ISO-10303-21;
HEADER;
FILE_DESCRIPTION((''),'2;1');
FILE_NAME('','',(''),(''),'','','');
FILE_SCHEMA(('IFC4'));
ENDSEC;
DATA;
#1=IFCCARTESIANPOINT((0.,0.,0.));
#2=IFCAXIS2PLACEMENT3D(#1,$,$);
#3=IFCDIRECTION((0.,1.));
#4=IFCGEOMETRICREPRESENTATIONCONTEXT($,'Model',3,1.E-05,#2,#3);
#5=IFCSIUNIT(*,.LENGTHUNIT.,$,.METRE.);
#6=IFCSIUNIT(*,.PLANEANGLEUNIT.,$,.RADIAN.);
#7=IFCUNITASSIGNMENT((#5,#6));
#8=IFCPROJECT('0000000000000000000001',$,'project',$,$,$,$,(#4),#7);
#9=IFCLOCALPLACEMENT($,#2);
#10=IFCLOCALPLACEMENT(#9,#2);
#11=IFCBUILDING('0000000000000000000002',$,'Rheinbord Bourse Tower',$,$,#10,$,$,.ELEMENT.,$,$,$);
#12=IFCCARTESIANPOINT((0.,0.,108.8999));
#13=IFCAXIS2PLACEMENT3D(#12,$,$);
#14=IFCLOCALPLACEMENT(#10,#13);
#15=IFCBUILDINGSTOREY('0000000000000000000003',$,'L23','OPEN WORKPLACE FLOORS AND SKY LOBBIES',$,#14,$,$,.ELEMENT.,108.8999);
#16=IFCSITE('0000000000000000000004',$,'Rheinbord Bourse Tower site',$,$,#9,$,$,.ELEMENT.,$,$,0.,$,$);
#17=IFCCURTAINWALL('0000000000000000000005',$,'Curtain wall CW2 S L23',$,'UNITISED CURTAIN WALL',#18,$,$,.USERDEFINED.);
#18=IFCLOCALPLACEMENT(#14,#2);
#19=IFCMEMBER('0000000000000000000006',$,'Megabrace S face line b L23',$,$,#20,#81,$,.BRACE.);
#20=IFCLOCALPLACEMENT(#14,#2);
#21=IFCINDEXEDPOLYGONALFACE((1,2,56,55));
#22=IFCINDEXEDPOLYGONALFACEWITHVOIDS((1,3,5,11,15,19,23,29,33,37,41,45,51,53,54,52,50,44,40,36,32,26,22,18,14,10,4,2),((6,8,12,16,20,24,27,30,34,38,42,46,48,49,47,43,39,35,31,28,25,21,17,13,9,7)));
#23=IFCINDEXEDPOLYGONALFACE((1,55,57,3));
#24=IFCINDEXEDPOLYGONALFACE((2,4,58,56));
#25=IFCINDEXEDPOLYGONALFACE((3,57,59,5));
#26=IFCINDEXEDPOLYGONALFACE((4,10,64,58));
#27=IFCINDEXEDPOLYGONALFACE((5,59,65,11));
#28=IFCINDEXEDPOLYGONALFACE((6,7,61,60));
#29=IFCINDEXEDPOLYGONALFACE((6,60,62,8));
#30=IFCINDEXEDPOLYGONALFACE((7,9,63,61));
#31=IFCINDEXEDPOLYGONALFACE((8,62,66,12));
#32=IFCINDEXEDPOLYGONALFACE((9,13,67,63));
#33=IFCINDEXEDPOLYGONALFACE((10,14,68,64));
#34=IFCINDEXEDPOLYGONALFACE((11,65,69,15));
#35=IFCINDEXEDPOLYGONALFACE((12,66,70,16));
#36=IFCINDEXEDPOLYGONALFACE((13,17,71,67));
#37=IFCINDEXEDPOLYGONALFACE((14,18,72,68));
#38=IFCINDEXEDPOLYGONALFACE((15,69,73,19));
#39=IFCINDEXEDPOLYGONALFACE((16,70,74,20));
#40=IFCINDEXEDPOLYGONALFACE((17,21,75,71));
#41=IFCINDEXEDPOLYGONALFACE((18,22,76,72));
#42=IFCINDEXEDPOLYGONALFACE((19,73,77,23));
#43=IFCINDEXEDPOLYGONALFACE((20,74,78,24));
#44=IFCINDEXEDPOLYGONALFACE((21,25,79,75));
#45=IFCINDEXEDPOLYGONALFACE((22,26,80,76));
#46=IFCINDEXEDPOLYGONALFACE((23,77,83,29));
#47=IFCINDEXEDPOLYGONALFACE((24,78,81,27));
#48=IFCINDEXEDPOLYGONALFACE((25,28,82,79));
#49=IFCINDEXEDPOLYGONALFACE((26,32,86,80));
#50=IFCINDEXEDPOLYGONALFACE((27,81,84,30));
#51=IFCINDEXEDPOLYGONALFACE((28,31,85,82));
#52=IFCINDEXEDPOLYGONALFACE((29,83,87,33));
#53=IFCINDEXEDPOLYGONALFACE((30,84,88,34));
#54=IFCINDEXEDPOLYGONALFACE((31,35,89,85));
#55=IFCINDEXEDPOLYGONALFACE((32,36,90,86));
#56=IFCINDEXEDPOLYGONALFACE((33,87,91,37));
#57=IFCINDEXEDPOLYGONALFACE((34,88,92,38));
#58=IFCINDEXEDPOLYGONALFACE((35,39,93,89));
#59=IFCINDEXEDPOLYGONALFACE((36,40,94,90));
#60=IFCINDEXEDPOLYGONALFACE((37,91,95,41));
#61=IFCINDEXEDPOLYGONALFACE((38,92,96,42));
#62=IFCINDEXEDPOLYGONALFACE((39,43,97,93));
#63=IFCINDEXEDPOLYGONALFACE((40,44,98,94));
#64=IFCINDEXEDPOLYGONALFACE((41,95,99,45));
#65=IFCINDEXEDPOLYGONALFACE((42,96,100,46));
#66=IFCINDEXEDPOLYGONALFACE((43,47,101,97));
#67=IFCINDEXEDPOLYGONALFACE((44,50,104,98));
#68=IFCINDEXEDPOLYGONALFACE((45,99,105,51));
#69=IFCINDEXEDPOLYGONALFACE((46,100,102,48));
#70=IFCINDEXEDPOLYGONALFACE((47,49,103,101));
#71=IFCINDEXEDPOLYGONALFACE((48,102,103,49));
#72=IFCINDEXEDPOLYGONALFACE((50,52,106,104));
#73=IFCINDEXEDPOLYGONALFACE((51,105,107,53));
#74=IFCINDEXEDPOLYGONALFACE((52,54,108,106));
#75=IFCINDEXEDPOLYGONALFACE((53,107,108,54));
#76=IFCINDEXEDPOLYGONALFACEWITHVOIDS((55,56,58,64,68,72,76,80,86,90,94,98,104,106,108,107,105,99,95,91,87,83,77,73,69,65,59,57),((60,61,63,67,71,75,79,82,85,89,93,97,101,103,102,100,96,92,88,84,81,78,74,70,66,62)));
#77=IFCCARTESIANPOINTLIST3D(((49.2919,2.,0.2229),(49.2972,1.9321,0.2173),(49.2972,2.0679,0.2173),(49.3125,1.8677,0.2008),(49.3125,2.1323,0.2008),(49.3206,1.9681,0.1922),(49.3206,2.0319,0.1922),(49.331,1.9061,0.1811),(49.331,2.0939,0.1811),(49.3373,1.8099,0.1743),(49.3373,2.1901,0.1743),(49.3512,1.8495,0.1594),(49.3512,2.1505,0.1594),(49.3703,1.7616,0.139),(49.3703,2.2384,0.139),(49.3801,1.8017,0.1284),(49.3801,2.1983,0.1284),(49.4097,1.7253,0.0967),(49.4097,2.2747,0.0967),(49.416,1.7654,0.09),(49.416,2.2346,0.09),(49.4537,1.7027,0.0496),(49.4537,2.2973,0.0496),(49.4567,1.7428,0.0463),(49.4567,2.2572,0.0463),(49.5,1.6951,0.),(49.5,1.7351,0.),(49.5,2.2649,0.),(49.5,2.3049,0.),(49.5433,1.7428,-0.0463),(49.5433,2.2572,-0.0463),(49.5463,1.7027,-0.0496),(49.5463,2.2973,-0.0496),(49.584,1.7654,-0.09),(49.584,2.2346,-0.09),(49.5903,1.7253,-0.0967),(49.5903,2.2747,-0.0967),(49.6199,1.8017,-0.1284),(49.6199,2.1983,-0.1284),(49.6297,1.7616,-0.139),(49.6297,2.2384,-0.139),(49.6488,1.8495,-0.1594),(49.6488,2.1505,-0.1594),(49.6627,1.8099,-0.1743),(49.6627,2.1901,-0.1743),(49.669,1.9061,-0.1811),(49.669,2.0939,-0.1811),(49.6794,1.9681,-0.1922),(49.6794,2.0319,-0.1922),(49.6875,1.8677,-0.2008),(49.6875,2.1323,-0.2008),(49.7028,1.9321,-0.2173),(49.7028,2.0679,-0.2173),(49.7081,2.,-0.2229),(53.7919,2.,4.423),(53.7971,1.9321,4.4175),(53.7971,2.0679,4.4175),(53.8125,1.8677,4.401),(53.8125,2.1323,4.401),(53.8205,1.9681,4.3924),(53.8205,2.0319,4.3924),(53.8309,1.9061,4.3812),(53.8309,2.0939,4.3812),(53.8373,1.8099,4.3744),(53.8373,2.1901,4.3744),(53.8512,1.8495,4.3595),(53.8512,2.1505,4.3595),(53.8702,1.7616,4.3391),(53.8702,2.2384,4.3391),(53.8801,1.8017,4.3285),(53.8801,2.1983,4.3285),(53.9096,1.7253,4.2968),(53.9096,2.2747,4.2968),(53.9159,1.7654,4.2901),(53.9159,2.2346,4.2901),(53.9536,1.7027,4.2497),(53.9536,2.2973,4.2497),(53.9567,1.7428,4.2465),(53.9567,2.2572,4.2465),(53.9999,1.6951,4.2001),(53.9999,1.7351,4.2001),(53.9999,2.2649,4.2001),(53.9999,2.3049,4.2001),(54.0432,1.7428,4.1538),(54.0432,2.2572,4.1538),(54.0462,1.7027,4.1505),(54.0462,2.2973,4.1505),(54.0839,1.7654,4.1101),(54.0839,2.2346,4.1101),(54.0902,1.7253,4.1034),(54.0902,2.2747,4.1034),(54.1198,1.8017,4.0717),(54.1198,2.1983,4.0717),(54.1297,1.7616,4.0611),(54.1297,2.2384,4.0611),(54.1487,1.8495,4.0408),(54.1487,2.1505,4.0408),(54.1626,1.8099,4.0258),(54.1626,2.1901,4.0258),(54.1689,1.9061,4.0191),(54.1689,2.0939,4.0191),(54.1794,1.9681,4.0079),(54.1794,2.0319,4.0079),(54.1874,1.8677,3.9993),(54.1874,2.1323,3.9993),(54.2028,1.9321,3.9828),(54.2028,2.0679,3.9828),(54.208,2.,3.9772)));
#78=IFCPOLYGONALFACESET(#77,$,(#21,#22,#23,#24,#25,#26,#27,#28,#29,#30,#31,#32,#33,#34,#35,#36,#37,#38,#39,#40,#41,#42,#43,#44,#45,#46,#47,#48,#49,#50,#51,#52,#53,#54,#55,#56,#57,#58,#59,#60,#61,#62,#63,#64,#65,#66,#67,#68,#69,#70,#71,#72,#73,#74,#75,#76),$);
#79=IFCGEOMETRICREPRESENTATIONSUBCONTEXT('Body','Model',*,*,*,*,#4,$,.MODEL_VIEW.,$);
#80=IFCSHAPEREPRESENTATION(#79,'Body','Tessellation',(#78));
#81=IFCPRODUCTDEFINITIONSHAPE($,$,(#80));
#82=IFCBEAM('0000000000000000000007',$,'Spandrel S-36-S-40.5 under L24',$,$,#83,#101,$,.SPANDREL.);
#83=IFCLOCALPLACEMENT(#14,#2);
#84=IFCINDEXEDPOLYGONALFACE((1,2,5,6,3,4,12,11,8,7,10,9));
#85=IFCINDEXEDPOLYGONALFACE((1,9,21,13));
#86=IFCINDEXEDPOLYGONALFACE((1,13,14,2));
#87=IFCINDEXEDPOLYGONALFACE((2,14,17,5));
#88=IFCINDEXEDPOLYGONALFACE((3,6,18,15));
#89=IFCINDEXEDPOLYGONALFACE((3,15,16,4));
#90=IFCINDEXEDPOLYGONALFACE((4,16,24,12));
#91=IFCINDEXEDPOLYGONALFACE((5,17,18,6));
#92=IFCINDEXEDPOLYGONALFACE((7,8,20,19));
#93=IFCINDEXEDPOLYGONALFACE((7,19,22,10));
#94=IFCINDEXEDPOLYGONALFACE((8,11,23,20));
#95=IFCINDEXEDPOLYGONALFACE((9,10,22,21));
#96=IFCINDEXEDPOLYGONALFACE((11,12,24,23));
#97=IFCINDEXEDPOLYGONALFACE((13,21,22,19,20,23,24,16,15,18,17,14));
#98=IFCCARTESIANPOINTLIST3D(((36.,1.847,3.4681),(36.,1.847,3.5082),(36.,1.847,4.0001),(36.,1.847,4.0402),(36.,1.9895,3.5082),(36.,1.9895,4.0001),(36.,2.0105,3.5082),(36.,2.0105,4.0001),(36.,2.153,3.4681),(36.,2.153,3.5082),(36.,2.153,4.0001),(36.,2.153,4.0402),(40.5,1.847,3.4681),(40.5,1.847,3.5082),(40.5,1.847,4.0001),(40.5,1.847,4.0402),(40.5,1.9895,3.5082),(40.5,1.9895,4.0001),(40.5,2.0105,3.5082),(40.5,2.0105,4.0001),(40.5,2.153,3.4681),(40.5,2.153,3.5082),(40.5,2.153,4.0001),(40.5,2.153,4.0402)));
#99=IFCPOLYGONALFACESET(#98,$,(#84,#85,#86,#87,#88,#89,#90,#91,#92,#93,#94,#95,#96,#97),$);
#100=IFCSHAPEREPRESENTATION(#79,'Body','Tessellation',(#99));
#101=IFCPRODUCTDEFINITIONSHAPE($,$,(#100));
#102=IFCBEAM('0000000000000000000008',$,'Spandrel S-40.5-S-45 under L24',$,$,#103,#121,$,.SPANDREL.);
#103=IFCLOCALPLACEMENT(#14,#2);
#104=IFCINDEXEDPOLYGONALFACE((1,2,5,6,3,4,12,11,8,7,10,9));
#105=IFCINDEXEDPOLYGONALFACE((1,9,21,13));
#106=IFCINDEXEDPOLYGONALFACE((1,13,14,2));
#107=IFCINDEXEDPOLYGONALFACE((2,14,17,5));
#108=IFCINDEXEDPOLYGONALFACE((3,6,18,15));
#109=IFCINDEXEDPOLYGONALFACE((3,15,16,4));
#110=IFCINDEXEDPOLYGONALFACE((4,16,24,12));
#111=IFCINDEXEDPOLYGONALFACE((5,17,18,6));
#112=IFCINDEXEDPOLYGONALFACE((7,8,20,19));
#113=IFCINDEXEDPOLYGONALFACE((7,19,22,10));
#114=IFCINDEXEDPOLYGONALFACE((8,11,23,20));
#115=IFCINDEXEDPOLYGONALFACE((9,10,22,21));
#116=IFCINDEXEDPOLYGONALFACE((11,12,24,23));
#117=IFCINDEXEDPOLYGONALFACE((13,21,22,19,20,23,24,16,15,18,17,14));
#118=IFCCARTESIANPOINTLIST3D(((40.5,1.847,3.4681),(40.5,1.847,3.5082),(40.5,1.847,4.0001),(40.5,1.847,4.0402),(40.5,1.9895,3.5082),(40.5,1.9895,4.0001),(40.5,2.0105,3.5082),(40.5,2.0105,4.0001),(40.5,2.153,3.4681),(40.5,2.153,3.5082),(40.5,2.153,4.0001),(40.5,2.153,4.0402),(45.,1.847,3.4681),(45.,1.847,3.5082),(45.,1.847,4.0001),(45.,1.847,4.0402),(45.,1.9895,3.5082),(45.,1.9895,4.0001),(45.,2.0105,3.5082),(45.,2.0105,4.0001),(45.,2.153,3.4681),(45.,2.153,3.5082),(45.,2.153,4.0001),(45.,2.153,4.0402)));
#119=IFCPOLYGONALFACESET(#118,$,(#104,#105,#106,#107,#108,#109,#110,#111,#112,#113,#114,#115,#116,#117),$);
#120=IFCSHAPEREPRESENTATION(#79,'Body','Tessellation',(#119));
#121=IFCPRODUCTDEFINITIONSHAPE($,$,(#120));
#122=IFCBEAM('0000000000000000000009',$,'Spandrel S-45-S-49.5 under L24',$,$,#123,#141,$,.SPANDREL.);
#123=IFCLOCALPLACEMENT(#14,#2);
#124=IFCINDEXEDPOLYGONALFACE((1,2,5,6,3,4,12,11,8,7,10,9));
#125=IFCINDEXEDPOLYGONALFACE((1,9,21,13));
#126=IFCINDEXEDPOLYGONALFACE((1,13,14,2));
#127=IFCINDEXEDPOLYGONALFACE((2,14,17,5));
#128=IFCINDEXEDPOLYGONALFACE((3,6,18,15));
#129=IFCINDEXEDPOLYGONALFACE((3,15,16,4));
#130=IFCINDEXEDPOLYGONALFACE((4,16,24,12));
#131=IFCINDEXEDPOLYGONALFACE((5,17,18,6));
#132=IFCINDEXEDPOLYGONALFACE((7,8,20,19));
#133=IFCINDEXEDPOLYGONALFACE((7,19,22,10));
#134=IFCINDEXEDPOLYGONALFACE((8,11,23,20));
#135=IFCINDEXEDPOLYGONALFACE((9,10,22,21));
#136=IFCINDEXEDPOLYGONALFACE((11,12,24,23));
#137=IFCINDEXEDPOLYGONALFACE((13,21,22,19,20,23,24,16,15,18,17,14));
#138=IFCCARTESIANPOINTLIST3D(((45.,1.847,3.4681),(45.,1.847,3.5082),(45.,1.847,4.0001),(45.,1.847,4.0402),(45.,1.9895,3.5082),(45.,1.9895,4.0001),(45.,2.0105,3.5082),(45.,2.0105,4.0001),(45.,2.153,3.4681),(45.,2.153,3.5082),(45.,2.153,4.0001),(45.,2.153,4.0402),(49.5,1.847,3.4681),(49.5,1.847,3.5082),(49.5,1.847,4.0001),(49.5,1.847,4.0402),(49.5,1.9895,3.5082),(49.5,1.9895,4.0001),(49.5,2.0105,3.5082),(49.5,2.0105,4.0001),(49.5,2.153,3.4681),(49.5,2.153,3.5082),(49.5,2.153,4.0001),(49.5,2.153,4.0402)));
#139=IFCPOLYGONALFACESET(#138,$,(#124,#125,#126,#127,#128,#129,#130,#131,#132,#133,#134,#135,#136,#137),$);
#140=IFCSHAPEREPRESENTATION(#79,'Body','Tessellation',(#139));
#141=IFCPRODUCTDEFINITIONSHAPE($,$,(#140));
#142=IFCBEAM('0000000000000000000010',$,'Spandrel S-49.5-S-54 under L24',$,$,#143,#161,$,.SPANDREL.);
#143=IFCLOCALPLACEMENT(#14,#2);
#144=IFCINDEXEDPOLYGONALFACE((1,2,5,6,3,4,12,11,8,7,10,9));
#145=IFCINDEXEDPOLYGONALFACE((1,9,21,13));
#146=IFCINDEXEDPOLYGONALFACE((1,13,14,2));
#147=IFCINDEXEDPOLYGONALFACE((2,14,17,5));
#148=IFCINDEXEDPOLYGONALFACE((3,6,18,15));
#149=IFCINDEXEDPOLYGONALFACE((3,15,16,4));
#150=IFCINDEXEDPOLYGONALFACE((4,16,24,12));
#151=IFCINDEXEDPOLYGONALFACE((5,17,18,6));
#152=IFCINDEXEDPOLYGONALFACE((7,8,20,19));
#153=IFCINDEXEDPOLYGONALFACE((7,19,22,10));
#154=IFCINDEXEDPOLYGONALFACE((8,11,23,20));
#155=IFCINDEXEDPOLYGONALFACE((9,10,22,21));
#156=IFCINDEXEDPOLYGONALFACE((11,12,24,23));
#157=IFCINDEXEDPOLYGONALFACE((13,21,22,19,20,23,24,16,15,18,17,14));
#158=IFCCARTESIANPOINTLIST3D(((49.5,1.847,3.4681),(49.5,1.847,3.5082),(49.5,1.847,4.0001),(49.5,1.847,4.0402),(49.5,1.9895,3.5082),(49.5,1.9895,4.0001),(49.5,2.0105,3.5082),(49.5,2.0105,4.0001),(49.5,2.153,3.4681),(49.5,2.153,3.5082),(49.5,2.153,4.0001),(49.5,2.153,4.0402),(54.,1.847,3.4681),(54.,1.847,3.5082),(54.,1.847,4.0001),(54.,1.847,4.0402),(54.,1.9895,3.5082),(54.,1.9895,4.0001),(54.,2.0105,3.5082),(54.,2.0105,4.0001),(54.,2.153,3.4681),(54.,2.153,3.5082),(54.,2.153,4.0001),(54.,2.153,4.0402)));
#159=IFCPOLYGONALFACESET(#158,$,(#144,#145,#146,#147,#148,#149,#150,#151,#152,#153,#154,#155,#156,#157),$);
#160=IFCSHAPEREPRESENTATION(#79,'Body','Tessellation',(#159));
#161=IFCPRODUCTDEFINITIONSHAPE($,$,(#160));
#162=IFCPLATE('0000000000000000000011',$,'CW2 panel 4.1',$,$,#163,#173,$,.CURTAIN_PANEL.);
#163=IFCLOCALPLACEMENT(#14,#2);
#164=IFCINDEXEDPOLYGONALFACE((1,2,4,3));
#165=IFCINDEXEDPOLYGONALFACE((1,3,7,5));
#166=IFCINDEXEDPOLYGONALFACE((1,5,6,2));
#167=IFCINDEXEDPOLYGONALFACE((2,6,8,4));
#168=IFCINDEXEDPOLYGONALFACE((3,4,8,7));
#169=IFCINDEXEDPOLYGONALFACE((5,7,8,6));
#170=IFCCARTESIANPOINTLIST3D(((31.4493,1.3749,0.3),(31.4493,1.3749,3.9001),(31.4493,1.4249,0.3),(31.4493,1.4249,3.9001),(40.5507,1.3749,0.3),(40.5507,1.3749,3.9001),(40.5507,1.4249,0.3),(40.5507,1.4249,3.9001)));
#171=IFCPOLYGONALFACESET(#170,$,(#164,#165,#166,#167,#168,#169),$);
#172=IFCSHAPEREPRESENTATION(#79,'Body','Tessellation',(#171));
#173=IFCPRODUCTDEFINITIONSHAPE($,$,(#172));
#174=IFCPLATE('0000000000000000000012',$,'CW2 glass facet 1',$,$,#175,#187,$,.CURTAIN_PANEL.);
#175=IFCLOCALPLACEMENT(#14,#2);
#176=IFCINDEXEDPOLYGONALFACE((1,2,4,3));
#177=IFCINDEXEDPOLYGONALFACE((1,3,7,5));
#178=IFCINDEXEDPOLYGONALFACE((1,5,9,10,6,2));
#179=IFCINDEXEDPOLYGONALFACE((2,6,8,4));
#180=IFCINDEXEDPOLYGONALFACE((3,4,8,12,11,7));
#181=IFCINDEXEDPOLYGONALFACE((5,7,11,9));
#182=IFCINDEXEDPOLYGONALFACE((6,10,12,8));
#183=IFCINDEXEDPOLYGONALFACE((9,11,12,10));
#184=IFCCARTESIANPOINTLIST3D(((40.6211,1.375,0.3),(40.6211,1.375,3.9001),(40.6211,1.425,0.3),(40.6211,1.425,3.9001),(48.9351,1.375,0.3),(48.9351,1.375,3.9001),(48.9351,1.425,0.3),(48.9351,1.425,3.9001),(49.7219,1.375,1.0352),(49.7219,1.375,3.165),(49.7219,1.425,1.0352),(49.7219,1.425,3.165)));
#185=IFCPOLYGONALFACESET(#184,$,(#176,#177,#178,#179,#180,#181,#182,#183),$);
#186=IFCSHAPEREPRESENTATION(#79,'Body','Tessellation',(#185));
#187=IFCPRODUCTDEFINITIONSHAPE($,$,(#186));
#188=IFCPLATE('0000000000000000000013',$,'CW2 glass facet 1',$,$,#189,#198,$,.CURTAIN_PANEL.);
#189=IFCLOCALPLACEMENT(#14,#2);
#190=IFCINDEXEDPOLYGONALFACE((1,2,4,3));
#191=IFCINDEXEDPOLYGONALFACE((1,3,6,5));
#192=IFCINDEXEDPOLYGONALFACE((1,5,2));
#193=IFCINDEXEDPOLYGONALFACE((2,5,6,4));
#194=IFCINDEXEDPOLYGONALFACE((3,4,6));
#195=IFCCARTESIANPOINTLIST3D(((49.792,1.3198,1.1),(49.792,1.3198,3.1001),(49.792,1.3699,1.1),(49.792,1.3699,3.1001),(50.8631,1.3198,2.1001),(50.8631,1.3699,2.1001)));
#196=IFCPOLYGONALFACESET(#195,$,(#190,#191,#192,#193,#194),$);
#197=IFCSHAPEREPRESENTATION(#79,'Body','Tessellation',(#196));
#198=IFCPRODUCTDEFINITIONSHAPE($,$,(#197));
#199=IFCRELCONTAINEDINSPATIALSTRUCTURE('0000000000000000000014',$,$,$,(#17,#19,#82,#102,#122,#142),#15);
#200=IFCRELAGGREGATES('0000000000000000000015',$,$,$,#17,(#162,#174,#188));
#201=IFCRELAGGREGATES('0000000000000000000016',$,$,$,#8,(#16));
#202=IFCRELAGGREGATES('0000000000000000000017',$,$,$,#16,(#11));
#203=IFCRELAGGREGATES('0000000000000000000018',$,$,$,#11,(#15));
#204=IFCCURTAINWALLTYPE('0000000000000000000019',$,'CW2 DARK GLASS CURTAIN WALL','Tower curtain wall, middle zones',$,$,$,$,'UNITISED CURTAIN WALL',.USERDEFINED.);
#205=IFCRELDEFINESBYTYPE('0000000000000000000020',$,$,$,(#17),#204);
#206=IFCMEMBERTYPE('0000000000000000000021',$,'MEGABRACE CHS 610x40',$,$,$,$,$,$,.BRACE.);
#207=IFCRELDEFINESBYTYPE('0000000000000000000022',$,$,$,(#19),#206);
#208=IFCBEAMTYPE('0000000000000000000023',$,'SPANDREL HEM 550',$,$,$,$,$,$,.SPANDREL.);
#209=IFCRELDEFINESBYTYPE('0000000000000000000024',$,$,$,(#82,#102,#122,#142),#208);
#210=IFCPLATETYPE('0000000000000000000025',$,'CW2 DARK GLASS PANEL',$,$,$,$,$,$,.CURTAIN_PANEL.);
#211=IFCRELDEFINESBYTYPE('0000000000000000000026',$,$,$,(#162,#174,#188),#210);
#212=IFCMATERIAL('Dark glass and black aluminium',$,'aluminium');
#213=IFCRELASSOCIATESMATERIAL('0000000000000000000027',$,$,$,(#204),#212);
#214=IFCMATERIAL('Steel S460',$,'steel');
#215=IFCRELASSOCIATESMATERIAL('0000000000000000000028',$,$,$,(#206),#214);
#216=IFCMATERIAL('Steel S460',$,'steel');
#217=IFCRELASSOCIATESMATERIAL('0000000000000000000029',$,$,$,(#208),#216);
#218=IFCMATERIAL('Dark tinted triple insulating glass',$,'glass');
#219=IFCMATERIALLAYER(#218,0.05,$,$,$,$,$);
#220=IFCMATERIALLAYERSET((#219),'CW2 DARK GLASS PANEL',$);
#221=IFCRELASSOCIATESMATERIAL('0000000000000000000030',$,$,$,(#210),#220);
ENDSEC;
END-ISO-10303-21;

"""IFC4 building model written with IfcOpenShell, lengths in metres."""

from ifc_helpers import new_model, si_unit, direction, frame, origin, origin_2d, place, context, subcontext, project, spatial, polyline, rectangle, hollow_circle, i_section, outline, extrude, material, layer, layer_set, material_profile, profile_set, type_object, element, aggregate, save


model = new_model("IFC4")

# Units and contexts
model_context = context("Model", 3, precision=1e-05, world=origin(), true_north=direction((0.0, 1.0)))
body_context = subcontext(model_context, "Body", "Model", "MODEL_VIEW")
ifc_project = project(units=[si_unit("LENGTHUNIT", "METRE"), si_unit("PLANEANGLEUNIT", "RADIAN")], contexts=[model_context])

# Site, building, storey
site_placement = place(None, origin())
site = spatial("IfcSite", under=ifc_project, at=site_placement, Name="Rheinbord Bourse Tower site", CompositionType="ELEMENT", RefElevation=0.0)
building_placement = place(site_placement, origin())
building = spatial("IfcBuilding", under=site, at=building_placement, Name="Rheinbord Bourse Tower", CompositionType="ELEMENT")
storey_placement = place(building_placement, frame((0.0, 0.0, 108.8999)))
storey = spatial("IfcBuildingStorey", under=building, at=storey_placement, Name="L23", Description="OPEN WORKPLACE FLOORS AND SKY LOBBIES", CompositionType="ELEMENT", Elevation=108.8999)

# Curtain wall
ifc_material_1 = material(Name="Dark glass and black aluminium", Category="aluminium")
curtain_wall_type = type_object("IfcCurtainWallType", Name="CW2 DARK GLASS CURTAIN WALL", Description="Tower curtain wall, middle zones", ElementType="UNITISED CURTAIN WALL", PredefinedType="USERDEFINED", material=ifc_material_1)
curtain_wall_placement = place(storey_placement, origin())
curtain_wall = element("IfcCurtainWall", 1, at=curtain_wall_placement, inside=storey, type_object=curtain_wall_type, Name="Curtain wall CW2 S L23", ObjectType="UNITISED CURTAIN WALL", PredefinedType="USERDEFINED")

# Member
ifc_material_2 = material(Name="Steel S460", Category="steel")
ifc_material_profile_1 = material_profile(ifc_material_2, hollow_circle(Radius=0.3049, WallThickness=0.04, at=origin_2d()), Name="CHS 610x40")
ifc_profile_set_1 = profile_set([ifc_material_profile_1], Name="Steel S460")
member_type_1 = type_object("IfcMemberType", Name="MEGABRACE CHS 610x40", PredefinedType="BRACE", material=ifc_profile_set_1)
member_1_placement = place(storey_placement, frame((49.5, 2.0, 0.0), z_axis=(0.731039, 0.0, 0.682335), x_axis=(0.0, 1.0, 0.0)))
element("IfcMember", 2, at=member_1_placement, inside=storey, type_object=member_type_1, Name="Megabrace S face line b L23", PredefinedType="BRACE", context=body_context, shape_type="SweptSolid", body=[
    extrude(hollow_circle(Radius=0.3049, WallThickness=0.04, at=origin_2d()), origin(), (0.0, 0.0, 1.0), 6.1555),
])

# Beams
ifc_material_3 = material(Name="Steel S460", Category="steel")
ifc_material_profile_2 = material_profile(ifc_material_3, i_section(OverallWidth=0.3059, OverallDepth=0.572, WebThickness=0.021, FlangeThickness=0.04, at=origin_2d()), Name="HEM 550")
ifc_profile_set_2 = profile_set([ifc_material_profile_2], Name="Steel S460")
beam_type_1 = type_object("IfcBeamType", Name="SPANDREL HEM 550", PredefinedType="SPANDREL", material=ifc_profile_set_2)
for number, where, z_axis, x_axis, name in (
    (3, (36.0, 2.0, 3.7542), (1.0, 0.0, 0.0), (0.0, 1.0, 0.0), "Spandrel S-36-S-40.5 under L24"),
    (4, (40.5, 2.0, 3.7542), (1.0, 0.0, 0.0), (0.0, 1.0, 0.0), "Spandrel S-40.5-S-45 under L24"),
    (5, (45.0, 2.0, 3.7542), (1.0, 0.0, 0.0), (0.0, 1.0, 0.0), "Spandrel S-45-S-49.5 under L24"),
    (6, (49.5, 2.0, 3.7542), (1.0, 0.0, 0.0), (0.0, 1.0, 0.0), "Spandrel S-49.5-S-54 under L24"),
):
    element("IfcBeam", number, at=place(storey_placement, frame(where, z_axis=z_axis, x_axis=x_axis)), inside=storey, type_object=beam_type_1, Name=name, PredefinedType="SPANDREL", context=body_context, shape_type="SweptSolid", body=[
        extrude(i_section(OverallWidth=0.3059, OverallDepth=0.572, WebThickness=0.021, FlangeThickness=0.04, at=origin_2d()), origin(), (0.0, 0.0, 1.0), 4.5),
    ])

# Plates
ifc_material_4 = material(Name="Dark tinted triple insulating glass", Category="glass")
ifc_layer = layer(ifc_material_4, 0.05)
ifc_layer_set = layer_set([ifc_layer], Name="CW2 DARK GLASS PANEL")
plate_type = type_object("IfcPlateType", Name="CW2 DARK GLASS PANEL", PredefinedType="CURTAIN_PANEL", material=ifc_layer_set)
plate_1_placement = place(storey_placement, frame((36.0, 1.3999, 0.3), z_axis=(0.0, 0.0, 1.0), x_axis=(1.0, 0.0, 0.0)))
plate_1 = element("IfcPlate", 7, at=plate_1_placement, type_object=plate_type, Name="CW2 panel 4.1", PredefinedType="CURTAIN_PANEL", context=body_context, shape_type="SweptSolid", body=[
    extrude(rectangle(XDim=9.1013, YDim=0.05, at=origin_2d()), origin(), (0.0, 0.0, 1.0), 3.6001),
])
plate_2_placement = place(storey_placement, frame((40.6211, 1.375, 0.3), z_axis=(0.0, 1.0, 0.0), x_axis=(0.0, 0.0, 1.0)))
plate_2 = element("IfcPlate", 8, at=plate_2_placement, type_object=plate_type, Name="CW2 glass facet 1", PredefinedType="CURTAIN_PANEL", context=body_context, shape_type="SweptSolid", body=[
    extrude(outline(polyline([(0.0, 0.0), (3.6001, 0.0), (3.6001, 8.314), (2.865, 9.1008), (0.7351, 9.1008), (0.0, 8.314), (0.0, 0.0)])), origin(), (0.0, 0.0, 1.0), 0.05),
])
plate_3_placement = place(storey_placement, frame((49.792, 1.3198, 3.1001), z_axis=(0.0, 1.0, 0.0), x_axis=(0.730933, 0.0, -0.682449)))
plate_3 = element("IfcPlate", 9, at=plate_3_placement, type_object=plate_type, Name="CW2 glass facet 1", PredefinedType="CURTAIN_PANEL", context=body_context, shape_type="SweptSolid", body=[
    extrude(outline(polyline([(0.0, 0.0), (1.4653, 0.0), (1.365, 1.4619), (0.0, 0.0)])), origin(), (0.0, 0.0, 1.0), 0.05),
])
aggregate(curtain_wall, [plate_1, plate_2, plate_3])

save(model, "model.ifc")
